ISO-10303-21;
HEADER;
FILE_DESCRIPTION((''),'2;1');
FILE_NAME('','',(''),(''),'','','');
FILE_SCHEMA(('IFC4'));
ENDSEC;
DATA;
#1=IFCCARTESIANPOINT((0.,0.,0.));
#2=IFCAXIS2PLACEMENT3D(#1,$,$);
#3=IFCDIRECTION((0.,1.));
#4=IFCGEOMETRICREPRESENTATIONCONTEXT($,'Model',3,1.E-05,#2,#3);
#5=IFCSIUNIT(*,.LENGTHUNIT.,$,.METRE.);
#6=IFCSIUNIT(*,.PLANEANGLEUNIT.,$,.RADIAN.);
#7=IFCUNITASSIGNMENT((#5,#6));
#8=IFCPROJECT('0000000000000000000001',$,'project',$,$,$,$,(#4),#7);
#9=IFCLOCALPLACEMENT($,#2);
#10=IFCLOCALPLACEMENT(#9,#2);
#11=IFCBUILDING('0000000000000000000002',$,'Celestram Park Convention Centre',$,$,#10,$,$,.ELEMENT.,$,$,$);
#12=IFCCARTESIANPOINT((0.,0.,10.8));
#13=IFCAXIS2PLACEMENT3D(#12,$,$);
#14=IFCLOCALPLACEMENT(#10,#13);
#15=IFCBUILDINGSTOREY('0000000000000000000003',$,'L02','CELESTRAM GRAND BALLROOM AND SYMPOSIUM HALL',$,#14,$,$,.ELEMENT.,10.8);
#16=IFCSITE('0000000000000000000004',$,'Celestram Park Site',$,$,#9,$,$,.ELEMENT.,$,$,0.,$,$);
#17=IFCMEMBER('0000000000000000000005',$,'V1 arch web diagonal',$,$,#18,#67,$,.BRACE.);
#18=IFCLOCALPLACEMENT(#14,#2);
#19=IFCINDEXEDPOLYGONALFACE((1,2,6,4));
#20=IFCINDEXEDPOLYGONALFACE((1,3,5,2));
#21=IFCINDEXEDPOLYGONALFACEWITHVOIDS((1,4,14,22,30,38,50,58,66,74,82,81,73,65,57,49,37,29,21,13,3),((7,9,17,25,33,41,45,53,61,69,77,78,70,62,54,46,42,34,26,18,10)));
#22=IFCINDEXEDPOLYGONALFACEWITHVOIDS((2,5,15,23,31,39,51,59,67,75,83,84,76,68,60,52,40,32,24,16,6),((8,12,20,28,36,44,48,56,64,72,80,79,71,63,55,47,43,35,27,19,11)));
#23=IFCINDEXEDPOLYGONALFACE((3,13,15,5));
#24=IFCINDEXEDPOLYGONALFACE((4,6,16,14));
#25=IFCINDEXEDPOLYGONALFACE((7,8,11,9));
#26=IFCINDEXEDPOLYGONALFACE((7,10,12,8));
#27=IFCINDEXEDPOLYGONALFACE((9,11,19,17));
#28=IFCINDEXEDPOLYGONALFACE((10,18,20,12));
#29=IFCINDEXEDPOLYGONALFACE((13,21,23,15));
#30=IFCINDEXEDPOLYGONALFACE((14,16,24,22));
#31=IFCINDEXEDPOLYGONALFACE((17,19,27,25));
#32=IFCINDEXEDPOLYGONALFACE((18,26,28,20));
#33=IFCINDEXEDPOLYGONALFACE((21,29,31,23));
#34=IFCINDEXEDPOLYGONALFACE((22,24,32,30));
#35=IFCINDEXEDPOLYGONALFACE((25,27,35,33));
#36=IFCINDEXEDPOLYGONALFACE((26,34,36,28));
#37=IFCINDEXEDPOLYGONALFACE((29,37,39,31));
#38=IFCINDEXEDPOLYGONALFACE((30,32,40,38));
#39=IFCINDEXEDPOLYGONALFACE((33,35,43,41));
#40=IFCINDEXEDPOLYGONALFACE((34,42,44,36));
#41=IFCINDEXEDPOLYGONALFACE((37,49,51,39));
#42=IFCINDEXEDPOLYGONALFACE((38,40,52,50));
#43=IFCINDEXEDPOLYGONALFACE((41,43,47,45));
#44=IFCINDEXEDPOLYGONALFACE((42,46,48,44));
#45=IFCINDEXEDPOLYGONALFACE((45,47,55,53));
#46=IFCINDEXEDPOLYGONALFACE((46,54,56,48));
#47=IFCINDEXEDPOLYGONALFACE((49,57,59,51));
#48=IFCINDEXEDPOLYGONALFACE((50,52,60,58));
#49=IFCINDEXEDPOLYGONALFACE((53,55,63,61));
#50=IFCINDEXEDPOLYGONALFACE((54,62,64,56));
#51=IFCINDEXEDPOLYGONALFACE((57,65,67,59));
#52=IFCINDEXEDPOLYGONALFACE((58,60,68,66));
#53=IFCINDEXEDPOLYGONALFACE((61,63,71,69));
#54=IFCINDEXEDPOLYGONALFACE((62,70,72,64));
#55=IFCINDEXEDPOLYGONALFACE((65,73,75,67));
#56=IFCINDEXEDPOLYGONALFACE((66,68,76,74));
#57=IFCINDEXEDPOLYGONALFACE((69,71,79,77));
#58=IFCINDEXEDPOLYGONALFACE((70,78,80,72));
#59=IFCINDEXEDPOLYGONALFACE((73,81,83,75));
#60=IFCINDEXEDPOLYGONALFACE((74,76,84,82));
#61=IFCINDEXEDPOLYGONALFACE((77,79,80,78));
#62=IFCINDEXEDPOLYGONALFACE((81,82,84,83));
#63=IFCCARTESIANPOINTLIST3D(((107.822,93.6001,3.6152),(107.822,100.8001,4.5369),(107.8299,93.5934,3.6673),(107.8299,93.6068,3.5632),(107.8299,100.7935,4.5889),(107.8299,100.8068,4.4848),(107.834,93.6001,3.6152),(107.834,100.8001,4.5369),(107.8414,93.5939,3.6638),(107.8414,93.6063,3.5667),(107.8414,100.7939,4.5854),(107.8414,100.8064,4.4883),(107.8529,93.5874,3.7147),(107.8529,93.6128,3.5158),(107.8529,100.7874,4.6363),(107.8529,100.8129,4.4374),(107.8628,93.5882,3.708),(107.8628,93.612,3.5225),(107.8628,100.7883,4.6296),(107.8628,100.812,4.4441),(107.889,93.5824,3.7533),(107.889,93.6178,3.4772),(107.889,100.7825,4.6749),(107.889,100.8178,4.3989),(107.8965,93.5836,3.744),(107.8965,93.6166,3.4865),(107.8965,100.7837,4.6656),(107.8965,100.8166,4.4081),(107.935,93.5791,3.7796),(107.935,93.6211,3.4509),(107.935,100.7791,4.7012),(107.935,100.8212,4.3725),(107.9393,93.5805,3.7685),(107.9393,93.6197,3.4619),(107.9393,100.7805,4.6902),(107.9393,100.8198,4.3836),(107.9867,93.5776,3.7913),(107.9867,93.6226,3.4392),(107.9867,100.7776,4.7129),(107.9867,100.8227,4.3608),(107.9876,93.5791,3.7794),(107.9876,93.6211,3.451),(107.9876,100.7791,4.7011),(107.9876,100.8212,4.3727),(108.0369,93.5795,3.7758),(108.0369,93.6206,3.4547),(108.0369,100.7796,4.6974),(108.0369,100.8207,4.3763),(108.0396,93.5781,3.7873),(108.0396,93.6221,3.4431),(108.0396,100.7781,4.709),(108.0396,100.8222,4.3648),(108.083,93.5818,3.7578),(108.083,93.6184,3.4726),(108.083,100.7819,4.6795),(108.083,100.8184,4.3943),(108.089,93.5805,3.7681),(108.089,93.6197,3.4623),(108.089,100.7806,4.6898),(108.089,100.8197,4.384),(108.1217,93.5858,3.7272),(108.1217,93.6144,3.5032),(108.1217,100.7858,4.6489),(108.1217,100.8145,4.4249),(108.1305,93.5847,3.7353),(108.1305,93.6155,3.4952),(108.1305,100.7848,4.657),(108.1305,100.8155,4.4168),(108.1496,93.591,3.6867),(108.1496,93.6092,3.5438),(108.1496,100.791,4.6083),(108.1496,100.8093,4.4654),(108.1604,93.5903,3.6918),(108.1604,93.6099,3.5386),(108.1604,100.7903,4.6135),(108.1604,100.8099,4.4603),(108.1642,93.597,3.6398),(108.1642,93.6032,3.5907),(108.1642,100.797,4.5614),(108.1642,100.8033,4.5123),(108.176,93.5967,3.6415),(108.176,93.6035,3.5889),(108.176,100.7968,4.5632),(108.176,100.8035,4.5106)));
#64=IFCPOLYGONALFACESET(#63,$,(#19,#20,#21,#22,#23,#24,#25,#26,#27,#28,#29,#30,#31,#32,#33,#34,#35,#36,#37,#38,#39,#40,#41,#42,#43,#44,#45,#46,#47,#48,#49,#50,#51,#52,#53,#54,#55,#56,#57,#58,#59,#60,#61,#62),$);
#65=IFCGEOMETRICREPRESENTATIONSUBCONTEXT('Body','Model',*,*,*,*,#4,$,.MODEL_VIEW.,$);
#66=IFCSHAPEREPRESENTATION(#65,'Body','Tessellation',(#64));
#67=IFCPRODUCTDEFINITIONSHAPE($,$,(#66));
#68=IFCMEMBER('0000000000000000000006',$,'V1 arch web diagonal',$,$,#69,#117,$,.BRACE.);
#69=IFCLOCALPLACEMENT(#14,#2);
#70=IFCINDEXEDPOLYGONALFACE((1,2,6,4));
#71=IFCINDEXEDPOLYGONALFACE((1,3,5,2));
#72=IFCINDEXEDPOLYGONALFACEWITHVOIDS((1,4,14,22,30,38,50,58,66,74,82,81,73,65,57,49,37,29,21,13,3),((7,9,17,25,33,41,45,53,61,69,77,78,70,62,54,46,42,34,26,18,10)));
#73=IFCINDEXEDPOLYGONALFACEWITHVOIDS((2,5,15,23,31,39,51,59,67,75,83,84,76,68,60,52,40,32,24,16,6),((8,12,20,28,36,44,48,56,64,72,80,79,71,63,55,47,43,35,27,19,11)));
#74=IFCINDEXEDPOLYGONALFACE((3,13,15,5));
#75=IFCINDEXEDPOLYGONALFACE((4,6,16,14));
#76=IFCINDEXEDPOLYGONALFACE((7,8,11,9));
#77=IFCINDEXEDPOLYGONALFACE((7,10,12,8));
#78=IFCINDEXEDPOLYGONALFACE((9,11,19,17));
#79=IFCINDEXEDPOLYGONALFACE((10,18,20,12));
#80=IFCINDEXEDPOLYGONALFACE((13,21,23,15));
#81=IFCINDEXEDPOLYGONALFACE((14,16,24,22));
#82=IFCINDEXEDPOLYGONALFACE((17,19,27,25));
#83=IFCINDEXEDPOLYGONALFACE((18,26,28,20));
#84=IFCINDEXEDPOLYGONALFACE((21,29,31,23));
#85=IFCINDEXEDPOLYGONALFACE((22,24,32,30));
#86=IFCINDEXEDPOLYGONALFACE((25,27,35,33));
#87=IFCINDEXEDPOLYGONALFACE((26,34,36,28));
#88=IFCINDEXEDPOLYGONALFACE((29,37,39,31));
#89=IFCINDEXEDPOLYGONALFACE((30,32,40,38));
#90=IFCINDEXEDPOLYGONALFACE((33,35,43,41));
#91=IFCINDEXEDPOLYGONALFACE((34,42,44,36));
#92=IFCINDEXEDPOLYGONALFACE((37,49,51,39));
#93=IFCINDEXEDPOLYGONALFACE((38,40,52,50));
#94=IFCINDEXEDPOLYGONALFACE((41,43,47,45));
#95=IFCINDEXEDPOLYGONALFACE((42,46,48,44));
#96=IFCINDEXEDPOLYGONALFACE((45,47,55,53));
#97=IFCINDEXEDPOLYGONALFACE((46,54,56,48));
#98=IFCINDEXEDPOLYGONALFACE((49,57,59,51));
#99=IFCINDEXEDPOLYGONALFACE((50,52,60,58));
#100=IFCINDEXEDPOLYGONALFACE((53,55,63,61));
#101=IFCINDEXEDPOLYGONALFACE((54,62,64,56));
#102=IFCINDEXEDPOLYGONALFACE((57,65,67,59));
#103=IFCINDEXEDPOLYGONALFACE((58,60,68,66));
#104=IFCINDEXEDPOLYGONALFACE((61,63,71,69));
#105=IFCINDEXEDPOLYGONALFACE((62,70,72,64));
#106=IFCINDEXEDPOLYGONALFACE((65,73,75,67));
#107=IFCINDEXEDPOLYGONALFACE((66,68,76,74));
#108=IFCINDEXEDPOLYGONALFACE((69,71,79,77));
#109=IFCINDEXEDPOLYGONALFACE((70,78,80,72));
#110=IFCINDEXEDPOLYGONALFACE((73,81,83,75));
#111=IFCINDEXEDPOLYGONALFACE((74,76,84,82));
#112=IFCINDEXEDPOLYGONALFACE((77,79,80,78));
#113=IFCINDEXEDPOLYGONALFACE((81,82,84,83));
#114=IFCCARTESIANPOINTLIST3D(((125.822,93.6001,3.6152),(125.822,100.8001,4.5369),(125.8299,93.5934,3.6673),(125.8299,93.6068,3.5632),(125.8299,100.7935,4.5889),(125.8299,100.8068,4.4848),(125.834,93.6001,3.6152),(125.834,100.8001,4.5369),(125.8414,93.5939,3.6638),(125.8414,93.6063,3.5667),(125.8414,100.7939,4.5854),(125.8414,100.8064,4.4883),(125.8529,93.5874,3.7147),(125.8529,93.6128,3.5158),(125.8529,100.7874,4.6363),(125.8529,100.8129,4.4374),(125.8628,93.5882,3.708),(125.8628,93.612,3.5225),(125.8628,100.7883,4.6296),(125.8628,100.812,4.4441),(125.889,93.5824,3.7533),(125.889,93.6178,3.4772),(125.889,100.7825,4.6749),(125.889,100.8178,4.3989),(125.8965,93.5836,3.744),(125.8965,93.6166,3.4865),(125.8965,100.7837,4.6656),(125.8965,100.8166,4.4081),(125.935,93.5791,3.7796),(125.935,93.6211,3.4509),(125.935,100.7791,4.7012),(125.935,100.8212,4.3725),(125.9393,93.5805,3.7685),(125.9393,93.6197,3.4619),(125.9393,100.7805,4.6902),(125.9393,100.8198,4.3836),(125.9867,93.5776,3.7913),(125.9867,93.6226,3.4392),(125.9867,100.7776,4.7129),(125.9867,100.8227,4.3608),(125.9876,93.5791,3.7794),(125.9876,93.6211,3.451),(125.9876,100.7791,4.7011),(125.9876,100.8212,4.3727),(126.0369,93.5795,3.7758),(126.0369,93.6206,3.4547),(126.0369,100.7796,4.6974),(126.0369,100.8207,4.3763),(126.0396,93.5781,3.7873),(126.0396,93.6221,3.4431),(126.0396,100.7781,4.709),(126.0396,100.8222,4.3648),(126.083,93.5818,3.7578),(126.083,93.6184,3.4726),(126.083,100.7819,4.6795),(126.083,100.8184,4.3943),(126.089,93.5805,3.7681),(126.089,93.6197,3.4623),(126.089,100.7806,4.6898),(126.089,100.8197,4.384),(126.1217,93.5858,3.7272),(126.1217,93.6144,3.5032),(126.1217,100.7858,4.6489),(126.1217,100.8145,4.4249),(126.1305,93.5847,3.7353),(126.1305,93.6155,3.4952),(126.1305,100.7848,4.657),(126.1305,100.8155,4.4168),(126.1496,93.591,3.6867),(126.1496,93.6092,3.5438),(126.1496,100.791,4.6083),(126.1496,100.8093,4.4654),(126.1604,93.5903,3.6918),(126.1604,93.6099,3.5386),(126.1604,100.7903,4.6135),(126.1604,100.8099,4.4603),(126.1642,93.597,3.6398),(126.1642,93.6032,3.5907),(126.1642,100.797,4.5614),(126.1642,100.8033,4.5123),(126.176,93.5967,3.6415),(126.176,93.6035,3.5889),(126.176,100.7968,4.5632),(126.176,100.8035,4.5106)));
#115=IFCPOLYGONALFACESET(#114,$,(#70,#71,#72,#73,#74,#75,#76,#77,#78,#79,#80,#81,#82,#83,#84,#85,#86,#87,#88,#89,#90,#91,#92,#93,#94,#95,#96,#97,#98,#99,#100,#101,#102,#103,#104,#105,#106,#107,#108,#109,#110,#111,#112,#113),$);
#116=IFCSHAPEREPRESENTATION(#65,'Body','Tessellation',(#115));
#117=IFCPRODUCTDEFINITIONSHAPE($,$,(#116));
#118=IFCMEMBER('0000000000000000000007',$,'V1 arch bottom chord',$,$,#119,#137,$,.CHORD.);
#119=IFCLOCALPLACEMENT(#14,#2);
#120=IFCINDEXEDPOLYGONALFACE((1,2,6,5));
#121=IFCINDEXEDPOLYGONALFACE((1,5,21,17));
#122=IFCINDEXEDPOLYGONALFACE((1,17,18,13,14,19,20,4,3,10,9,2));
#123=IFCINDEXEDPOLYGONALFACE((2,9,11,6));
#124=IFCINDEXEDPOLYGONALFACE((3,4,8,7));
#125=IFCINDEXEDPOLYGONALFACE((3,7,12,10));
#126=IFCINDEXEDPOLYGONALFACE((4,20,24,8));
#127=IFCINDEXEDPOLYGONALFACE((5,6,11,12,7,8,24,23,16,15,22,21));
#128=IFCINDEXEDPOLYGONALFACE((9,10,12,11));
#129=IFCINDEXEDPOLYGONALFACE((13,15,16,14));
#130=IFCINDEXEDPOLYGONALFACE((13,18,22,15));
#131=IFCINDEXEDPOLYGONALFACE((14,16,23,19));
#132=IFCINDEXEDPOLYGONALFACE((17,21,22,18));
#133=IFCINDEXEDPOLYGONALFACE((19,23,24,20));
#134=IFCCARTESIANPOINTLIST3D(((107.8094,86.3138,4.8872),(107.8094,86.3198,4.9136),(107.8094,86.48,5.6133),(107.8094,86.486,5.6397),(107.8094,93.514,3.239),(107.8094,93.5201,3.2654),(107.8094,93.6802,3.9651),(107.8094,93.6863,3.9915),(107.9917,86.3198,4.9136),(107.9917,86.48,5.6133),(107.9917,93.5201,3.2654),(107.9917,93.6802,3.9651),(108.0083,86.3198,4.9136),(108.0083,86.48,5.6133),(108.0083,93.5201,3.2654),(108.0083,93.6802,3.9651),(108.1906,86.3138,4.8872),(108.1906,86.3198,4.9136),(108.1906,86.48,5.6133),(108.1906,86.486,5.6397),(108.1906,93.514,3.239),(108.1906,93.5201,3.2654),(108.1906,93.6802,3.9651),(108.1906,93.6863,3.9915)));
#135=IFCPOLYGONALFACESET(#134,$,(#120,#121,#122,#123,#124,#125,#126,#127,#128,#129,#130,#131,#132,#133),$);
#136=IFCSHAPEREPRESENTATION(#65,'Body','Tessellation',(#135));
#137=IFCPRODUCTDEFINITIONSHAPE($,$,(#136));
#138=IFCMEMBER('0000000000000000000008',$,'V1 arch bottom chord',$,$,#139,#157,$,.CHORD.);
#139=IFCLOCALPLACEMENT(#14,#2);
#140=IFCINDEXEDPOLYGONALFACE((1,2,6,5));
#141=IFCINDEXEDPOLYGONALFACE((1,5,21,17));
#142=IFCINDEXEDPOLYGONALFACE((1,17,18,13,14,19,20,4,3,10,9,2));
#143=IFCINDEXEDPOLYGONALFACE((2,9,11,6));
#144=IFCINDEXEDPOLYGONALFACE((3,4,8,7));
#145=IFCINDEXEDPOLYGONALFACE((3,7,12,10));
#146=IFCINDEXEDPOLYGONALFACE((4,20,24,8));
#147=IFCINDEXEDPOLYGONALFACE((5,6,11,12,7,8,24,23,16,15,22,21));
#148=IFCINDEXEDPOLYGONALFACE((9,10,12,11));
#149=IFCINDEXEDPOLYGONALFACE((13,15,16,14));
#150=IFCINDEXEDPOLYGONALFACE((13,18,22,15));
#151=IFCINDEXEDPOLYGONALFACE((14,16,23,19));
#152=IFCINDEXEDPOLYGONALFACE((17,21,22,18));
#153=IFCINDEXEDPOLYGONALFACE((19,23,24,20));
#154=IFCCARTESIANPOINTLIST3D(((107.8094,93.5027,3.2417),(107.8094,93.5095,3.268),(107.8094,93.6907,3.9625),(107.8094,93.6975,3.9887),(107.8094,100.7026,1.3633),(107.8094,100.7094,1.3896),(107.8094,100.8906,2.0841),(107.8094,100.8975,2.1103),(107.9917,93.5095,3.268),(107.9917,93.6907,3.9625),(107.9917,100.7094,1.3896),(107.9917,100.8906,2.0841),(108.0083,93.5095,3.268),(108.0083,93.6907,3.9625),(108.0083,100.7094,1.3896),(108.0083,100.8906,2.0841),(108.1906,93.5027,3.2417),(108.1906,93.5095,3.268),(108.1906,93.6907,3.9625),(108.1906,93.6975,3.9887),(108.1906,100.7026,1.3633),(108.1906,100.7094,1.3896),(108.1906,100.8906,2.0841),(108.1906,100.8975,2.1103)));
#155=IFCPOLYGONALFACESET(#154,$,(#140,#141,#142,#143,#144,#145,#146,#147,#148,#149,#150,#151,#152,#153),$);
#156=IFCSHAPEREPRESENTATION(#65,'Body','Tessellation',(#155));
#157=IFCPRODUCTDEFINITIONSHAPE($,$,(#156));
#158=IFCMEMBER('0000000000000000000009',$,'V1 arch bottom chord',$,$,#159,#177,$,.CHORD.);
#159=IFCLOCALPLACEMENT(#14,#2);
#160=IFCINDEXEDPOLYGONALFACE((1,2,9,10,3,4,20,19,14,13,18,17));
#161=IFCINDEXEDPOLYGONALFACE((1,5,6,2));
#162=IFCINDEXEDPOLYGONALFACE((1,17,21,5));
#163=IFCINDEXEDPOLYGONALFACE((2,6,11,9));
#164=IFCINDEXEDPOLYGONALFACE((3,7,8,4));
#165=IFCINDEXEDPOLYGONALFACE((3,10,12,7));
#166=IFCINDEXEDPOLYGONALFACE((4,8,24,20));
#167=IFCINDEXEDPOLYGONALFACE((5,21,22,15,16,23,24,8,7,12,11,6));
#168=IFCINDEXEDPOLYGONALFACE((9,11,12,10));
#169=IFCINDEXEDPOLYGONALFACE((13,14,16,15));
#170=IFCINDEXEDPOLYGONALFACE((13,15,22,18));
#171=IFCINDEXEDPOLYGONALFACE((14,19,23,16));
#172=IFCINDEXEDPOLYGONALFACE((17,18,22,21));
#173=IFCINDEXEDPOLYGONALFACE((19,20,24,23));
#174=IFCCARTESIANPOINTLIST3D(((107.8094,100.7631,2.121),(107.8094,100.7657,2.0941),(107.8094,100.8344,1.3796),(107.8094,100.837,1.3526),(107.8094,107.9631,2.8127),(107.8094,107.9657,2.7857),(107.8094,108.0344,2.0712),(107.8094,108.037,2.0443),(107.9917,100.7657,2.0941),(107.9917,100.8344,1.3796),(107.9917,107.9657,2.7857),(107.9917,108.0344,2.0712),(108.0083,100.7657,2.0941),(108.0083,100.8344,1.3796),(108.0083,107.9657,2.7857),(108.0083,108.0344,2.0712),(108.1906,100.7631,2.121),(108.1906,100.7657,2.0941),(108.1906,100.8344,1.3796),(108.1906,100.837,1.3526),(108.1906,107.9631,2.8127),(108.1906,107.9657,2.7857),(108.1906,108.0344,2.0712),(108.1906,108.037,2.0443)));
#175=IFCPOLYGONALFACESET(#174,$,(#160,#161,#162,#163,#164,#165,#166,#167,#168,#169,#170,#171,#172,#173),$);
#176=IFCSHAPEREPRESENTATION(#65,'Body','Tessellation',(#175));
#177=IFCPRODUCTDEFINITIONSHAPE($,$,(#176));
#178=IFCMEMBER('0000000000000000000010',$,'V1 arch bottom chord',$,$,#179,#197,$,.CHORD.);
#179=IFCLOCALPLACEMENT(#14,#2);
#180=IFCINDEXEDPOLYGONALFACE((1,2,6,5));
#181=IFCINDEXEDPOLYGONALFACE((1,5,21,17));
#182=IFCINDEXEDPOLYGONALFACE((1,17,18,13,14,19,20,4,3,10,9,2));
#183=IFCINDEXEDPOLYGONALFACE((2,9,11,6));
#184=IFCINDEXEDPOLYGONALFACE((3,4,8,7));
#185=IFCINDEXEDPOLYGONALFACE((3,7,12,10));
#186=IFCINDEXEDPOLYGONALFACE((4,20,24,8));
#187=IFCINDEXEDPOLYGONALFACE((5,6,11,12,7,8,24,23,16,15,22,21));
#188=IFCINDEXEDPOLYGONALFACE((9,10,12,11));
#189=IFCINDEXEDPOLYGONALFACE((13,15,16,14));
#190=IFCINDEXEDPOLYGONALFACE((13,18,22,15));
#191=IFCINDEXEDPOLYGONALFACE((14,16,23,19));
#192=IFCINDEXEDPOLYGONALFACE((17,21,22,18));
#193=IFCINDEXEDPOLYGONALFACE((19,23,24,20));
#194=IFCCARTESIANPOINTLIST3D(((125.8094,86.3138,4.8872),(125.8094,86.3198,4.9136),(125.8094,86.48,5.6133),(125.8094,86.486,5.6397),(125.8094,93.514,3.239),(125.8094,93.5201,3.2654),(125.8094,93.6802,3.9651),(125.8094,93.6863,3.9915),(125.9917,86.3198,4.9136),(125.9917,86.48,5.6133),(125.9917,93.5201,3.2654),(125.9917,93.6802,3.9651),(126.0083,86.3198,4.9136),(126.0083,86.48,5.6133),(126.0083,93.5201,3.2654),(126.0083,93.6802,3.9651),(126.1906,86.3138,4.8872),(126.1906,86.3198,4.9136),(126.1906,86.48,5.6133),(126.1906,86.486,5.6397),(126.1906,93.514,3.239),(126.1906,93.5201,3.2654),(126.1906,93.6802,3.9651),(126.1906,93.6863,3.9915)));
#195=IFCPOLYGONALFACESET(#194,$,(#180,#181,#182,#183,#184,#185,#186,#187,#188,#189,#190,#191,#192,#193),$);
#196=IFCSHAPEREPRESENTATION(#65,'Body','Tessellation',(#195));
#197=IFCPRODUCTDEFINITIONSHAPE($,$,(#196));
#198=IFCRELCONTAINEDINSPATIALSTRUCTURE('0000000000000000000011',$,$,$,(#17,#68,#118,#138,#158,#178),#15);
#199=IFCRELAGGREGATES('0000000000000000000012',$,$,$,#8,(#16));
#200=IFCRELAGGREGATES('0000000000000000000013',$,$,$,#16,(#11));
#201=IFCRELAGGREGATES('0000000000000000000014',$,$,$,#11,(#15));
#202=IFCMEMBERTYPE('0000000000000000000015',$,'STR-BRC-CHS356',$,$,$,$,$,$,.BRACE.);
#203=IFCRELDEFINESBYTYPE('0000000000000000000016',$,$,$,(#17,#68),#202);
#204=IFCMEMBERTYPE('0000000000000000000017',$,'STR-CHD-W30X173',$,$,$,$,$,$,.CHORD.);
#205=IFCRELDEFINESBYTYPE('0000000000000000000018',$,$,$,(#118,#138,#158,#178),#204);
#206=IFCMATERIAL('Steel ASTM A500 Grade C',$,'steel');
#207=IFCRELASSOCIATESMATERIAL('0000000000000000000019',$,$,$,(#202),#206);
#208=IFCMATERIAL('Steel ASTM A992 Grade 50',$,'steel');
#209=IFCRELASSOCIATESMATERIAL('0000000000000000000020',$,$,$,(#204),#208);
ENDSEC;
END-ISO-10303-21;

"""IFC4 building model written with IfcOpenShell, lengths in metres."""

from ifc_helpers import new_model, si_unit, direction, frame, origin, origin_2d, place, context, subcontext, project, spatial, hollow_circle, i_section, extrude, material, material_profile, profile_set, type_object, element, save


model = new_model("IFC4")

# Units and contexts
model_context = context("Model", 3, precision=1e-05, world=origin(), true_north=direction((0.0, 1.0)))
body_context = subcontext(model_context, "Body", "Model", "MODEL_VIEW")
ifc_project = project(units=[si_unit("LENGTHUNIT", "METRE"), si_unit("PLANEANGLEUNIT", "RADIAN")], contexts=[model_context])

# Site, building, storey
site_placement = place(None, origin())
site = spatial("IfcSite", under=ifc_project, at=site_placement, Name="Celestram Park Site", CompositionType="ELEMENT", RefElevation=0.0)
building_placement = place(site_placement, origin())
building = spatial("IfcBuilding", under=site, at=building_placement, Name="Celestram Park Convention Centre", CompositionType="ELEMENT")
storey_placement = place(building_placement, frame((0.0, 0.0, 10.8)))
storey = spatial("IfcBuildingStorey", under=building, at=storey_placement, Name="L02", Description="CELESTRAM GRAND BALLROOM AND SYMPOSIUM HALL", CompositionType="ELEMENT", Elevation=10.8)

# Shared definitions
ifc_material_1 = material(Name="Steel ASTM A992 Grade 50", Category="steel")

# Members
ifc_material_2 = material(Name="Steel ASTM A500 Grade C", Category="steel")
ifc_material_profile_1 = material_profile(ifc_material_2, hollow_circle(Radius=0.178, WallThickness=0.012, at=origin_2d()), Name="CHS356X12")
ifc_profile_set_1 = profile_set([ifc_material_profile_1], Name="Steel ASTM A500 Grade C")
member_type_1 = type_object("IfcMemberType", Name="STR-BRC-CHS356", PredefinedType="BRACE", material=ifc_profile_set_1)
for number, where, z_axis, x_axis, name in (
    (1, (108.0, 93.6001, 3.6152), (0.0, 0.991907, 0.126969), (-1.0, 0.0, 0.0), "V1 arch web diagonal"),
    (2, (126.0, 93.6001, 3.6152), (0.0, 0.991907, 0.126969), (-1.0, 0.0, 0.0), "V1 arch web diagonal"),
):
    element("IfcMember", number, at=place(storey_placement, frame(where, z_axis=z_axis, x_axis=x_axis)), inside=storey, type_object=member_type_1, Name=name, PredefinedType="BRACE", context=body_context, shape_type="SweptSolid", body=[
        extrude(hollow_circle(Radius=0.178, WallThickness=0.012, at=origin_2d()), origin(), (0.0, 0.0, 1.0), 7.2588),
    ])
ifc_material_profile_2 = material_profile(ifc_material_1, i_section(OverallWidth=0.3811, OverallDepth=0.772, WebThickness=0.0166, FlangeThickness=0.0271, at=origin_2d()), Name="W30X173")
ifc_profile_set_2 = profile_set([ifc_material_profile_2], Name="Steel ASTM A992 Grade 50")
member_type_2 = type_object("IfcMemberType", Name="STR-CHD-W30X173", PredefinedType="CHORD", material=ifc_profile_set_2)
member_1_placement = place(storey_placement, frame((108.0, 86.3999, 5.2634), z_axis=(0.0, 0.974787, -0.223138), x_axis=(-1.0, 0.0, 0.0)))
element("IfcMember", 3, at=member_1_placement, inside=storey, type_object=member_type_2, Name="V1 arch bottom chord", PredefinedType="CHORD", context=body_context, shape_type="SweptSolid", body=[
    extrude(i_section(OverallWidth=0.3811, OverallDepth=0.772, WebThickness=0.0166, FlangeThickness=0.0271, at=origin_2d()), origin(), (0.0, 0.0, 1.0), 7.3865),
])
member_2_placement = place(storey_placement, frame((108.0, 93.6001, 3.6152), z_axis=(0.0, 0.967612, -0.252443), x_axis=(-1.0, 0.0, 0.0)))
element("IfcMember", 4, at=member_2_placement, inside=storey, type_object=member_type_2, Name="V1 arch bottom chord", PredefinedType="CHORD", context=body_context, shape_type="SweptSolid", body=[
    extrude(i_section(OverallWidth=0.3811, OverallDepth=0.772, WebThickness=0.0166, FlangeThickness=0.0271, at=origin_2d()), origin(), (0.0, 0.0, 1.0), 7.4409),
])
member_3_placement = place(storey_placement, frame((108.0, 100.8, 1.7368), z_axis=(0.0, 0.995418, 0.095623), x_axis=(-1.0, 0.0, 0.0)))
element("IfcMember", 5, at=member_3_placement, inside=storey, type_object=member_type_2, Name="V1 arch bottom chord", PredefinedType="CHORD", context=body_context, shape_type="SweptSolid", body=[
    extrude(i_section(OverallWidth=0.3811, OverallDepth=0.772, WebThickness=0.0166, FlangeThickness=0.0271, at=origin_2d()), origin(), (0.0, 0.0, 1.0), 7.2332),
])
member_4_placement = place(storey_placement, frame((126.0, 86.3999, 5.2634), z_axis=(0.0, 0.974787, -0.223138), x_axis=(-1.0, 0.0, 0.0)))
element("IfcMember", 6, at=member_4_placement, inside=storey, type_object=member_type_2, Name="V1 arch bottom chord", PredefinedType="CHORD", context=body_context, shape_type="SweptSolid", body=[
    extrude(i_section(OverallWidth=0.3811, OverallDepth=0.772, WebThickness=0.0166, FlangeThickness=0.0271, at=origin_2d()), origin(), (0.0, 0.0, 1.0), 7.3865),
])

save(model, "model.ifc")
